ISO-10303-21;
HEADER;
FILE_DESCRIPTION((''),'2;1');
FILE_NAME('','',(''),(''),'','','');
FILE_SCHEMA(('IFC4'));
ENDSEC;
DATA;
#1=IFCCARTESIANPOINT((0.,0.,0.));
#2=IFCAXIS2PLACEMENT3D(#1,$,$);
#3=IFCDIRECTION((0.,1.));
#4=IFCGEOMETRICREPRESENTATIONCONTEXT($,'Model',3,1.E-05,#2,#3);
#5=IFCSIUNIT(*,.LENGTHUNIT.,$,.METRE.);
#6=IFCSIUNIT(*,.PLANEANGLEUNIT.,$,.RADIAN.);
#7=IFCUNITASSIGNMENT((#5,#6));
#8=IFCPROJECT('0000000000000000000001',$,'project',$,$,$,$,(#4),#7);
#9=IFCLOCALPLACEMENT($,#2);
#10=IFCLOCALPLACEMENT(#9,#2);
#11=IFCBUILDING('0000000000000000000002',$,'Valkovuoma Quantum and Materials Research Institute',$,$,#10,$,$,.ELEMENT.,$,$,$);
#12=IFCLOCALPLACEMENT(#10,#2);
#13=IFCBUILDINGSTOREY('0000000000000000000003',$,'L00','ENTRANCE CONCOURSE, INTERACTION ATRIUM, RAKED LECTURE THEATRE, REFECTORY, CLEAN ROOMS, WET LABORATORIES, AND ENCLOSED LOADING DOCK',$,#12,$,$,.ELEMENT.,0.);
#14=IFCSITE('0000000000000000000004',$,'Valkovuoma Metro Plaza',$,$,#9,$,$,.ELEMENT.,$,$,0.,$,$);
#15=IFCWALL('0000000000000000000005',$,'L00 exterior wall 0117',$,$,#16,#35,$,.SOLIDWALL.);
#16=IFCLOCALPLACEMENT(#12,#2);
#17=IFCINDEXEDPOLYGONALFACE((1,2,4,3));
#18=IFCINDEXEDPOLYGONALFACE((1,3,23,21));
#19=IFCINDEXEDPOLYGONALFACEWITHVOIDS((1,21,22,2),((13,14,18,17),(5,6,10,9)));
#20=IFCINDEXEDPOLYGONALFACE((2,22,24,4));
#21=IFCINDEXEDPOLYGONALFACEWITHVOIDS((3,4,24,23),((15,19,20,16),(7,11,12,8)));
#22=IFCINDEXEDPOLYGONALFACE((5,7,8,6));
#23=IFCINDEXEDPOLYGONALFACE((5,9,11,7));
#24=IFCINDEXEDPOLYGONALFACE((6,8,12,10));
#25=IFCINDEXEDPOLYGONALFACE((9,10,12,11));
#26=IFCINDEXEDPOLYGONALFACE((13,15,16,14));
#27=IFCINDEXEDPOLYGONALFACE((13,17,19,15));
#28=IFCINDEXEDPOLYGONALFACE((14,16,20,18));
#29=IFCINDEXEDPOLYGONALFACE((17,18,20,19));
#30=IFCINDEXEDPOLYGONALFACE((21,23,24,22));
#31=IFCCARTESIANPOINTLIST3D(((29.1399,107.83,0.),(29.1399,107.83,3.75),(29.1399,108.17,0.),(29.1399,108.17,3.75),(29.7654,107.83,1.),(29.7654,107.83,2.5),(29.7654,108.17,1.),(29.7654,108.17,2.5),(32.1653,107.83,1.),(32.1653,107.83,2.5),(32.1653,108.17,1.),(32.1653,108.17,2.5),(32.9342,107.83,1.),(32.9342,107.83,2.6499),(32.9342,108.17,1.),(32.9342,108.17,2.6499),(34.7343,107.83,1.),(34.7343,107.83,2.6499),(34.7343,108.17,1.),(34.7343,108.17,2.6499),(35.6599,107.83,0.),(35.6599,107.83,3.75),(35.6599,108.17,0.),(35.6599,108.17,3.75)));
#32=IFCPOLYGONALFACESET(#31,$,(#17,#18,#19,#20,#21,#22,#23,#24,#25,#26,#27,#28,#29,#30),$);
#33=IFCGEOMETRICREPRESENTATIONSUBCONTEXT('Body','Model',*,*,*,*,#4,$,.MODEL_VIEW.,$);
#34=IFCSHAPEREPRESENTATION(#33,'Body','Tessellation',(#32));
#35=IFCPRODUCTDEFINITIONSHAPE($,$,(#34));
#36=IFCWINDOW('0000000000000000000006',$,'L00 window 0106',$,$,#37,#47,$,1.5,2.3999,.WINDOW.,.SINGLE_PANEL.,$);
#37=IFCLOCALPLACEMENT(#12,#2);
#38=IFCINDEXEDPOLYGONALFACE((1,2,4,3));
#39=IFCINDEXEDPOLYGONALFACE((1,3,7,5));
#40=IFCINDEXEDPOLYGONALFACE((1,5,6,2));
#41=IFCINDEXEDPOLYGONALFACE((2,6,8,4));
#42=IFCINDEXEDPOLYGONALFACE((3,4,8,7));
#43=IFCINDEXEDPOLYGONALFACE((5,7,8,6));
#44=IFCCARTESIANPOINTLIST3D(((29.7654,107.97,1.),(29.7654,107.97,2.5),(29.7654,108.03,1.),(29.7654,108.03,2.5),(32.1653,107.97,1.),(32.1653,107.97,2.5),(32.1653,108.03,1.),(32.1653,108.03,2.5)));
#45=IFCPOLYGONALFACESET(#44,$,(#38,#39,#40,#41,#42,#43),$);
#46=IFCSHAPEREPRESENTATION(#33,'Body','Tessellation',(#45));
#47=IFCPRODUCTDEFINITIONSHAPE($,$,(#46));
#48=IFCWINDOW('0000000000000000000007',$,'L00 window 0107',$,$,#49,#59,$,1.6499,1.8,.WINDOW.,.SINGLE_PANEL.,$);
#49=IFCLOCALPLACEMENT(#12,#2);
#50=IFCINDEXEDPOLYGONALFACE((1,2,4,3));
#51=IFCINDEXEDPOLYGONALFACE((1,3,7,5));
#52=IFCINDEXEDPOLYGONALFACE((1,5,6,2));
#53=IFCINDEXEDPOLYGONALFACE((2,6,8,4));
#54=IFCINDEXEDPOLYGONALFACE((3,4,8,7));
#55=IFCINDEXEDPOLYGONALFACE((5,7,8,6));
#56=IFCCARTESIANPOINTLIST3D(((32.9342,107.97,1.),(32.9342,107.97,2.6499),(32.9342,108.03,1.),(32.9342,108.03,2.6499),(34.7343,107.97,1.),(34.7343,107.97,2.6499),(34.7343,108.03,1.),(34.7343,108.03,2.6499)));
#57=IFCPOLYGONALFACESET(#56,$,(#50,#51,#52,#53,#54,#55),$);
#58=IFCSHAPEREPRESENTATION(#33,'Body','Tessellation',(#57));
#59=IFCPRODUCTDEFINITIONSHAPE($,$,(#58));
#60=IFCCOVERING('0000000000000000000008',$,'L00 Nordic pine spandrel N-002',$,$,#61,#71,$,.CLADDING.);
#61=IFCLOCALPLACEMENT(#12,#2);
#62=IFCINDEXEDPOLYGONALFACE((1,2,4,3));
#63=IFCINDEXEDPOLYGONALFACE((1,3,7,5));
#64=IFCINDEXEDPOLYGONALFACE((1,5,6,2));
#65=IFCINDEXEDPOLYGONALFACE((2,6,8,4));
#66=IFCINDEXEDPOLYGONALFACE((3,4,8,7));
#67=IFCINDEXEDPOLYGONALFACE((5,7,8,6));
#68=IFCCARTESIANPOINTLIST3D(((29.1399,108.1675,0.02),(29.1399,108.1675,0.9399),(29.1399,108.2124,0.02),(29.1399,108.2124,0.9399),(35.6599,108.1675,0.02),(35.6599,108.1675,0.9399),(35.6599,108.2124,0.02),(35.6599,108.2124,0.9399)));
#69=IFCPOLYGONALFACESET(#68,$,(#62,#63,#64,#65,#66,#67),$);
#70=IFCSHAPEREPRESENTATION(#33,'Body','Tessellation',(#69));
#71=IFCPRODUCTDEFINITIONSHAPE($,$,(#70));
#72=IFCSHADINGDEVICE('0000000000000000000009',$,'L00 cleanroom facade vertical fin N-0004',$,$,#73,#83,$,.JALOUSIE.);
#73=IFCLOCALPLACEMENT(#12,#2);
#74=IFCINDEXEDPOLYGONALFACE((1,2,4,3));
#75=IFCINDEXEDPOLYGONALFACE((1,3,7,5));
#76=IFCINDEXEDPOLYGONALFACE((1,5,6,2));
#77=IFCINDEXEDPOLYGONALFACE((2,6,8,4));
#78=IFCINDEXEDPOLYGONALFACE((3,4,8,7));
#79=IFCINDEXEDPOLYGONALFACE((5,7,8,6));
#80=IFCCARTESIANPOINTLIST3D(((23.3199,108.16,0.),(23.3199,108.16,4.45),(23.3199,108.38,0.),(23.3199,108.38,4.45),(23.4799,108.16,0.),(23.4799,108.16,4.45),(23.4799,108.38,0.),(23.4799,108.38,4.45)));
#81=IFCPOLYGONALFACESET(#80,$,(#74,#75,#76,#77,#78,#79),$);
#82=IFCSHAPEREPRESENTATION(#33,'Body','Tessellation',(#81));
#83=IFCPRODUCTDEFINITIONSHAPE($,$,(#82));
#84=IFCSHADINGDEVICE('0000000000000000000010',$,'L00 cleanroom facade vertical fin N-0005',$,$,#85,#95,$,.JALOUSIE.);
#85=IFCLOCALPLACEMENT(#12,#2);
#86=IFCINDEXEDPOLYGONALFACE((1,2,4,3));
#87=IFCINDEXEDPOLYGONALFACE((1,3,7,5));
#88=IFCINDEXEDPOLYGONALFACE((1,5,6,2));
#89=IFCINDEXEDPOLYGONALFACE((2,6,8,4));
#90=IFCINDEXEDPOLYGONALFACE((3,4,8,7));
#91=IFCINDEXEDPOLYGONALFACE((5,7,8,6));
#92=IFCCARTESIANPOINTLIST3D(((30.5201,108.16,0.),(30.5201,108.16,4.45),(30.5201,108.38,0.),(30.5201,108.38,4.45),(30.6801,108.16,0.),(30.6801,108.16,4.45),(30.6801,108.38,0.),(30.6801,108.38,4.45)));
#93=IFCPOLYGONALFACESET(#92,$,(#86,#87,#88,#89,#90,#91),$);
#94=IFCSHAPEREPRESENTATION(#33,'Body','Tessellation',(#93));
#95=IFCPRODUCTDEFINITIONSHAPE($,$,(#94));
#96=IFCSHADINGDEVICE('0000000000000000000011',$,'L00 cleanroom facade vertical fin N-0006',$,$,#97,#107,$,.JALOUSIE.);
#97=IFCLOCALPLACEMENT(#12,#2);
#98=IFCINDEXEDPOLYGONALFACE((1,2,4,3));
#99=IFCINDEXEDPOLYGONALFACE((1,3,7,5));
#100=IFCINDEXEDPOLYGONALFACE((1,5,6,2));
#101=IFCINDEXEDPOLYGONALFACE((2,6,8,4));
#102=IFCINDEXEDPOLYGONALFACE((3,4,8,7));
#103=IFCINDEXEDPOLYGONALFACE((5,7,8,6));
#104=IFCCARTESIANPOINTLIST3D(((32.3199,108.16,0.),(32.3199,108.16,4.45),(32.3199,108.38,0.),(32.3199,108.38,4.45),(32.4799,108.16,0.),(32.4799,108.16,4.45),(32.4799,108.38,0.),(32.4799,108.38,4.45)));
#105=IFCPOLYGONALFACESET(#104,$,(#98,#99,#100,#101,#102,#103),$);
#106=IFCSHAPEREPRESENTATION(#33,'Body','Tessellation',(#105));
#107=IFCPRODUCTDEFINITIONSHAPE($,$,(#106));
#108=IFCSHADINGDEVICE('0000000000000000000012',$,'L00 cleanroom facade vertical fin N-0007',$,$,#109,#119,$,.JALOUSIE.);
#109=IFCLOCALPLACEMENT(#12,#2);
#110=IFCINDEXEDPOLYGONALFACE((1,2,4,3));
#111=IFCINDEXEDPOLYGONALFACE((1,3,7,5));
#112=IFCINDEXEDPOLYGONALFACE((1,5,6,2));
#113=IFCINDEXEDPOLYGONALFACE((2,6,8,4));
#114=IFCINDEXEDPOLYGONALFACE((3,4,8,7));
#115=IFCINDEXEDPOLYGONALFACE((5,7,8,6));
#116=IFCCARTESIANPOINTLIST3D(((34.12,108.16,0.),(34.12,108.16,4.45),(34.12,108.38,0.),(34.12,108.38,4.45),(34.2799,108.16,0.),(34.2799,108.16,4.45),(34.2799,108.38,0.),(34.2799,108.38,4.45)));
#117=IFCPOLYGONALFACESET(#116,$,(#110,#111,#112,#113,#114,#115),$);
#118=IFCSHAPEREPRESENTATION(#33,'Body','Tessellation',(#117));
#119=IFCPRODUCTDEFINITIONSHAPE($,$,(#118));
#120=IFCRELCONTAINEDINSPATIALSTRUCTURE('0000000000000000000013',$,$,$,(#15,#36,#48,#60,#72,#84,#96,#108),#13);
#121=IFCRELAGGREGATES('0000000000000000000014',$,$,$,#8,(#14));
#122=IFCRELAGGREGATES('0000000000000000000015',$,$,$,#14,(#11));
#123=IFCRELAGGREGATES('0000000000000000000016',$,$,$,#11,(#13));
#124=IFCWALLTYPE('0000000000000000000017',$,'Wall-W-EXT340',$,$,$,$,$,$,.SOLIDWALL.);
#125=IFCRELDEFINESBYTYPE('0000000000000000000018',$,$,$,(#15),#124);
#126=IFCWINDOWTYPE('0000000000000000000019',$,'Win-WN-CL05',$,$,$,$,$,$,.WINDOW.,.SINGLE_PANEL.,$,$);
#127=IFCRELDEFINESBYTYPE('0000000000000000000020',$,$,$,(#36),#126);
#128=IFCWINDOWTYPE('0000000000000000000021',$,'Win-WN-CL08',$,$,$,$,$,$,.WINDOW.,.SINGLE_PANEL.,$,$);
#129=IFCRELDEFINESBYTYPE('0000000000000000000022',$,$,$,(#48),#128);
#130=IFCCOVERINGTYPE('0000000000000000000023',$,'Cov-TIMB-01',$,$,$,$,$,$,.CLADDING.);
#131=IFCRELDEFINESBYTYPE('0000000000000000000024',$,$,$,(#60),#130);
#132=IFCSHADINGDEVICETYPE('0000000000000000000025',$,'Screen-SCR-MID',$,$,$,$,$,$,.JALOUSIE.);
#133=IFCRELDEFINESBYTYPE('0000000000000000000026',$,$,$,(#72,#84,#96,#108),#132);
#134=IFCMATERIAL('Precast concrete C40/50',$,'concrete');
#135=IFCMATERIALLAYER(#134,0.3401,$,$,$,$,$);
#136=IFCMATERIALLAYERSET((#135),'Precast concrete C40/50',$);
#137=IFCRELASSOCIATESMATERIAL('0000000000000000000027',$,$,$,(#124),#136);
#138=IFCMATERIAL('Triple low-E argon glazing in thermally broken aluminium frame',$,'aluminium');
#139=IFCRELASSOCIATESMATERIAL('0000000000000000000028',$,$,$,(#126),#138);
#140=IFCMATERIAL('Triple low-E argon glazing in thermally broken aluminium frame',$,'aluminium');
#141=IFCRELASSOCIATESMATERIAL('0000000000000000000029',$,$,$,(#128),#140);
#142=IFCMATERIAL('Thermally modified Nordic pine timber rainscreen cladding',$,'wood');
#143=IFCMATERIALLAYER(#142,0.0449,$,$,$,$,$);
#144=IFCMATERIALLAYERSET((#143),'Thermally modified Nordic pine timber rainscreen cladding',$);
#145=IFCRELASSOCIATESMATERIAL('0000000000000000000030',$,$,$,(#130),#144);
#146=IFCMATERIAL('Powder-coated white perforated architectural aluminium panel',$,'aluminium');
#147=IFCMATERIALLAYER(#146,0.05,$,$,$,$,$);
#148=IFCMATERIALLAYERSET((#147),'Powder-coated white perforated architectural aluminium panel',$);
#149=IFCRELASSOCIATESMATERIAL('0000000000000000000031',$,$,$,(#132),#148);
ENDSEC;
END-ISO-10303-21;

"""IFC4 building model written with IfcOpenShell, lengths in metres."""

from ifc_helpers import new_model, si_unit, direction, frame, frame_2d, origin, origin_2d, place, context, subcontext, project, spatial, rectangle, extrude, material, layer, layer_set, type_object, element, fill, save


model = new_model("IFC4")

# Units and contexts
model_context = context("Model", 3, precision=1e-05, world=origin(), true_north=direction((0.0, 1.0)))
body_context = subcontext(model_context, "Body", "Model", "MODEL_VIEW")
ifc_project = project(units=[si_unit("LENGTHUNIT", "METRE"), si_unit("PLANEANGLEUNIT", "RADIAN")], contexts=[model_context])

# Site, building, storey
site_placement = place(None, origin())
site = spatial("IfcSite", under=ifc_project, at=site_placement, Name="Valkovuoma Metro Plaza", CompositionType="ELEMENT", RefElevation=0.0)
building_placement = place(site_placement, origin())
building = spatial("IfcBuilding", under=site, at=building_placement, Name="Valkovuoma Quantum and Materials Research Institute", CompositionType="ELEMENT")
storey_placement = place(building_placement, origin())
storey = spatial("IfcBuildingStorey", under=building, at=storey_placement, Name="L00", Description="ENTRANCE CONCOURSE, INTERACTION ATRIUM, RAKED LECTURE THEATRE, REFECTORY, CLEAN ROOMS, WET LABORATORIES, AND ENCLOSED LOADING DOCK", CompositionType="ELEMENT", Elevation=0.0)

# Shared definitions
ifc_material_1 = material(Name="Precast concrete C40/50", Category="concrete")
ifc_layer_1 = layer(ifc_material_1, 0.3401)
ifc_layer_set_1 = layer_set([ifc_layer_1], Name="Precast concrete C40/50")
wall_type = type_object("IfcWallType", Name="Wall-W-EXT340", PredefinedType="SOLIDWALL", material=ifc_layer_set_1)

# Wall, openings, windows
wall_1_placement = place(storey_placement, frame((29.1399, 108.0, 0.0), z_axis=(0.0, 0.0, 1.0), x_axis=(1.0, 0.0, 0.0)))
wall_1 = element("IfcWall", 1, at=wall_1_placement, inside=storey, type_object=wall_type, Name="L00 exterior wall 0117", PredefinedType="SOLIDWALL", context=body_context, shape_type="SweptSolid", body=[
    extrude(rectangle(XDim=6.52, YDim=0.3401, at=frame_2d((3.26, 0.0))), origin(), (0.0, 0.0, 1.0), 3.75),
])
opening_1_placement = place(wall_1_placement, frame((0.6255, 0.0, 1.0)))
opening_1 = element("IfcOpeningElement", 2, at=opening_1_placement, cuts=wall_1, PredefinedType="OPENING", context=body_context, shape_type="SweptSolid", body=[
    extrude(rectangle(XDim=2.3999, YDim=1.5, at=frame_2d((1.2, 0.75))), frame((0.0, 0.1802, 0.0), z_axis=(0.0, -1.0, 0.0), x_axis=(1.0, 0.0, 0.0)), (0.0, 0.0, 1.0), 0.3601),
])
opening_2_placement = place(wall_1_placement, frame((3.7944, 0.0, 1.0)))
opening_2 = element("IfcOpeningElement", 3, at=opening_2_placement, cuts=wall_1, PredefinedType="OPENING", context=body_context, shape_type="SweptSolid", body=[
    extrude(rectangle(XDim=1.8, YDim=1.6499, at=frame_2d((0.8999, 0.825))), frame((0.0, 0.1802, 0.0), z_axis=(0.0, -1.0, 0.0), x_axis=(1.0, 0.0, 0.0)), (0.0, 0.0, 1.0), 0.3601),
])
ifc_material_2 = material(Name="Triple low-E argon glazing in thermally broken aluminium frame", Category="aluminium")
window_type_1 = type_object("IfcWindowType", Name="Win-WN-CL05", PartitioningType="SINGLE_PANEL", PredefinedType="WINDOW", material=ifc_material_2)
window_1_placement = place(opening_1_placement, origin())
window_1 = element("IfcWindow", 4, at=window_1_placement, inside=storey, type_object=window_type_1, Name="L00 window 0106", OverallHeight=1.5, OverallWidth=2.3999, PartitioningType="SINGLE_PANEL", PredefinedType="WINDOW", context=body_context, shape_type="SweptSolid", body=[
    extrude(rectangle(XDim=2.3999, YDim=1.5, at=frame_2d((1.2, 0.75))), frame((0.0, 0.03, 0.0), z_axis=(0.0, -1.0, 0.0), x_axis=(1.0, 0.0, 0.0)), (0.0, 0.0, 1.0), 0.0601),
])
fill(opening_1, window_1)
ifc_material_3 = material(Name="Triple low-E argon glazing in thermally broken aluminium frame", Category="aluminium")
window_type_2 = type_object("IfcWindowType", Name="Win-WN-CL08", PartitioningType="SINGLE_PANEL", PredefinedType="WINDOW", material=ifc_material_3)
window_2_placement = place(opening_2_placement, origin())
window_2 = element("IfcWindow", 5, at=window_2_placement, inside=storey, type_object=window_type_2, Name="L00 window 0107", OverallHeight=1.6499, OverallWidth=1.8, PartitioningType="SINGLE_PANEL", PredefinedType="WINDOW", context=body_context, shape_type="SweptSolid", body=[
    extrude(rectangle(XDim=1.8, YDim=1.6499, at=frame_2d((0.8999, 0.825))), frame((0.0, 0.03, 0.0), z_axis=(0.0, -1.0, 0.0), x_axis=(1.0, 0.0, 0.0)), (0.0, 0.0, 1.0), 0.0601),
])
fill(opening_2, window_2)

# Covering
ifc_material_4 = material(Name="Thermally modified Nordic pine timber rainscreen cladding", Category="wood")
ifc_layer_2 = layer(ifc_material_4, 0.0449)
ifc_layer_set_2 = layer_set([ifc_layer_2], Name="Thermally modified Nordic pine timber rainscreen cladding")
covering_type = type_object("IfcCoveringType", Name="Cov-TIMB-01", PredefinedType="CLADDING", material=ifc_layer_set_2)
covering_placement = place(storey_placement, frame((32.3999, 108.1899, 0.02), z_axis=(0.0, 0.0, 1.0), x_axis=(1.0, 0.0, 0.0)))
element("IfcCovering", 6, at=covering_placement, inside=storey, type_object=covering_type, Name="L00 Nordic pine spandrel N-002", PredefinedType="CLADDING", context=body_context, shape_type="SweptSolid", body=[
    extrude(rectangle(XDim=6.52, YDim=0.0449, at=origin_2d()), origin(), (0.0, 0.0, 1.0), 0.9199),
])

# Shading devices
ifc_material_5 = material(Name="Powder-coated white perforated architectural aluminium panel", Category="aluminium")
ifc_layer_3 = layer(ifc_material_5, 0.05)
ifc_layer_set_3 = layer_set([ifc_layer_3], Name="Powder-coated white perforated architectural aluminium panel")
shading_device_type = type_object("IfcShadingDeviceType", Name="Screen-SCR-MID", PredefinedType="JALOUSIE", material=ifc_layer_set_3)
for number, where, z_axis, x_axis, name in (
    (7, (23.3999, 108.27, 0.0), (0.0, 0.0, 1.0), (1.0, 0.0, 0.0), "L00 cleanroom facade vertical fin N-0004"),
    (8, (30.6001, 108.27, 0.0), (0.0, 0.0, 1.0), (1.0, 0.0, 0.0), "L00 cleanroom facade vertical fin N-0005"),
    (9, (32.3999, 108.27, 0.0), (0.0, 0.0, 1.0), (1.0, 0.0, 0.0), "L00 cleanroom facade vertical fin N-0006"),
    (10, (34.2, 108.27, 0.0), (0.0, 0.0, 1.0), (1.0, 0.0, 0.0), "L00 cleanroom facade vertical fin N-0007"),
):
    element("IfcShadingDevice", number, at=place(storey_placement, frame(where, z_axis=z_axis, x_axis=x_axis)), inside=storey, type_object=shading_device_type, Name=name, PredefinedType="JALOUSIE", context=body_context, shape_type="SweptSolid", body=[
        extrude(rectangle(XDim=0.1599, YDim=0.22, at=origin_2d()), origin(), (0.0, 0.0, 1.0), 4.45),
    ])

save(model, "model.ifc")
